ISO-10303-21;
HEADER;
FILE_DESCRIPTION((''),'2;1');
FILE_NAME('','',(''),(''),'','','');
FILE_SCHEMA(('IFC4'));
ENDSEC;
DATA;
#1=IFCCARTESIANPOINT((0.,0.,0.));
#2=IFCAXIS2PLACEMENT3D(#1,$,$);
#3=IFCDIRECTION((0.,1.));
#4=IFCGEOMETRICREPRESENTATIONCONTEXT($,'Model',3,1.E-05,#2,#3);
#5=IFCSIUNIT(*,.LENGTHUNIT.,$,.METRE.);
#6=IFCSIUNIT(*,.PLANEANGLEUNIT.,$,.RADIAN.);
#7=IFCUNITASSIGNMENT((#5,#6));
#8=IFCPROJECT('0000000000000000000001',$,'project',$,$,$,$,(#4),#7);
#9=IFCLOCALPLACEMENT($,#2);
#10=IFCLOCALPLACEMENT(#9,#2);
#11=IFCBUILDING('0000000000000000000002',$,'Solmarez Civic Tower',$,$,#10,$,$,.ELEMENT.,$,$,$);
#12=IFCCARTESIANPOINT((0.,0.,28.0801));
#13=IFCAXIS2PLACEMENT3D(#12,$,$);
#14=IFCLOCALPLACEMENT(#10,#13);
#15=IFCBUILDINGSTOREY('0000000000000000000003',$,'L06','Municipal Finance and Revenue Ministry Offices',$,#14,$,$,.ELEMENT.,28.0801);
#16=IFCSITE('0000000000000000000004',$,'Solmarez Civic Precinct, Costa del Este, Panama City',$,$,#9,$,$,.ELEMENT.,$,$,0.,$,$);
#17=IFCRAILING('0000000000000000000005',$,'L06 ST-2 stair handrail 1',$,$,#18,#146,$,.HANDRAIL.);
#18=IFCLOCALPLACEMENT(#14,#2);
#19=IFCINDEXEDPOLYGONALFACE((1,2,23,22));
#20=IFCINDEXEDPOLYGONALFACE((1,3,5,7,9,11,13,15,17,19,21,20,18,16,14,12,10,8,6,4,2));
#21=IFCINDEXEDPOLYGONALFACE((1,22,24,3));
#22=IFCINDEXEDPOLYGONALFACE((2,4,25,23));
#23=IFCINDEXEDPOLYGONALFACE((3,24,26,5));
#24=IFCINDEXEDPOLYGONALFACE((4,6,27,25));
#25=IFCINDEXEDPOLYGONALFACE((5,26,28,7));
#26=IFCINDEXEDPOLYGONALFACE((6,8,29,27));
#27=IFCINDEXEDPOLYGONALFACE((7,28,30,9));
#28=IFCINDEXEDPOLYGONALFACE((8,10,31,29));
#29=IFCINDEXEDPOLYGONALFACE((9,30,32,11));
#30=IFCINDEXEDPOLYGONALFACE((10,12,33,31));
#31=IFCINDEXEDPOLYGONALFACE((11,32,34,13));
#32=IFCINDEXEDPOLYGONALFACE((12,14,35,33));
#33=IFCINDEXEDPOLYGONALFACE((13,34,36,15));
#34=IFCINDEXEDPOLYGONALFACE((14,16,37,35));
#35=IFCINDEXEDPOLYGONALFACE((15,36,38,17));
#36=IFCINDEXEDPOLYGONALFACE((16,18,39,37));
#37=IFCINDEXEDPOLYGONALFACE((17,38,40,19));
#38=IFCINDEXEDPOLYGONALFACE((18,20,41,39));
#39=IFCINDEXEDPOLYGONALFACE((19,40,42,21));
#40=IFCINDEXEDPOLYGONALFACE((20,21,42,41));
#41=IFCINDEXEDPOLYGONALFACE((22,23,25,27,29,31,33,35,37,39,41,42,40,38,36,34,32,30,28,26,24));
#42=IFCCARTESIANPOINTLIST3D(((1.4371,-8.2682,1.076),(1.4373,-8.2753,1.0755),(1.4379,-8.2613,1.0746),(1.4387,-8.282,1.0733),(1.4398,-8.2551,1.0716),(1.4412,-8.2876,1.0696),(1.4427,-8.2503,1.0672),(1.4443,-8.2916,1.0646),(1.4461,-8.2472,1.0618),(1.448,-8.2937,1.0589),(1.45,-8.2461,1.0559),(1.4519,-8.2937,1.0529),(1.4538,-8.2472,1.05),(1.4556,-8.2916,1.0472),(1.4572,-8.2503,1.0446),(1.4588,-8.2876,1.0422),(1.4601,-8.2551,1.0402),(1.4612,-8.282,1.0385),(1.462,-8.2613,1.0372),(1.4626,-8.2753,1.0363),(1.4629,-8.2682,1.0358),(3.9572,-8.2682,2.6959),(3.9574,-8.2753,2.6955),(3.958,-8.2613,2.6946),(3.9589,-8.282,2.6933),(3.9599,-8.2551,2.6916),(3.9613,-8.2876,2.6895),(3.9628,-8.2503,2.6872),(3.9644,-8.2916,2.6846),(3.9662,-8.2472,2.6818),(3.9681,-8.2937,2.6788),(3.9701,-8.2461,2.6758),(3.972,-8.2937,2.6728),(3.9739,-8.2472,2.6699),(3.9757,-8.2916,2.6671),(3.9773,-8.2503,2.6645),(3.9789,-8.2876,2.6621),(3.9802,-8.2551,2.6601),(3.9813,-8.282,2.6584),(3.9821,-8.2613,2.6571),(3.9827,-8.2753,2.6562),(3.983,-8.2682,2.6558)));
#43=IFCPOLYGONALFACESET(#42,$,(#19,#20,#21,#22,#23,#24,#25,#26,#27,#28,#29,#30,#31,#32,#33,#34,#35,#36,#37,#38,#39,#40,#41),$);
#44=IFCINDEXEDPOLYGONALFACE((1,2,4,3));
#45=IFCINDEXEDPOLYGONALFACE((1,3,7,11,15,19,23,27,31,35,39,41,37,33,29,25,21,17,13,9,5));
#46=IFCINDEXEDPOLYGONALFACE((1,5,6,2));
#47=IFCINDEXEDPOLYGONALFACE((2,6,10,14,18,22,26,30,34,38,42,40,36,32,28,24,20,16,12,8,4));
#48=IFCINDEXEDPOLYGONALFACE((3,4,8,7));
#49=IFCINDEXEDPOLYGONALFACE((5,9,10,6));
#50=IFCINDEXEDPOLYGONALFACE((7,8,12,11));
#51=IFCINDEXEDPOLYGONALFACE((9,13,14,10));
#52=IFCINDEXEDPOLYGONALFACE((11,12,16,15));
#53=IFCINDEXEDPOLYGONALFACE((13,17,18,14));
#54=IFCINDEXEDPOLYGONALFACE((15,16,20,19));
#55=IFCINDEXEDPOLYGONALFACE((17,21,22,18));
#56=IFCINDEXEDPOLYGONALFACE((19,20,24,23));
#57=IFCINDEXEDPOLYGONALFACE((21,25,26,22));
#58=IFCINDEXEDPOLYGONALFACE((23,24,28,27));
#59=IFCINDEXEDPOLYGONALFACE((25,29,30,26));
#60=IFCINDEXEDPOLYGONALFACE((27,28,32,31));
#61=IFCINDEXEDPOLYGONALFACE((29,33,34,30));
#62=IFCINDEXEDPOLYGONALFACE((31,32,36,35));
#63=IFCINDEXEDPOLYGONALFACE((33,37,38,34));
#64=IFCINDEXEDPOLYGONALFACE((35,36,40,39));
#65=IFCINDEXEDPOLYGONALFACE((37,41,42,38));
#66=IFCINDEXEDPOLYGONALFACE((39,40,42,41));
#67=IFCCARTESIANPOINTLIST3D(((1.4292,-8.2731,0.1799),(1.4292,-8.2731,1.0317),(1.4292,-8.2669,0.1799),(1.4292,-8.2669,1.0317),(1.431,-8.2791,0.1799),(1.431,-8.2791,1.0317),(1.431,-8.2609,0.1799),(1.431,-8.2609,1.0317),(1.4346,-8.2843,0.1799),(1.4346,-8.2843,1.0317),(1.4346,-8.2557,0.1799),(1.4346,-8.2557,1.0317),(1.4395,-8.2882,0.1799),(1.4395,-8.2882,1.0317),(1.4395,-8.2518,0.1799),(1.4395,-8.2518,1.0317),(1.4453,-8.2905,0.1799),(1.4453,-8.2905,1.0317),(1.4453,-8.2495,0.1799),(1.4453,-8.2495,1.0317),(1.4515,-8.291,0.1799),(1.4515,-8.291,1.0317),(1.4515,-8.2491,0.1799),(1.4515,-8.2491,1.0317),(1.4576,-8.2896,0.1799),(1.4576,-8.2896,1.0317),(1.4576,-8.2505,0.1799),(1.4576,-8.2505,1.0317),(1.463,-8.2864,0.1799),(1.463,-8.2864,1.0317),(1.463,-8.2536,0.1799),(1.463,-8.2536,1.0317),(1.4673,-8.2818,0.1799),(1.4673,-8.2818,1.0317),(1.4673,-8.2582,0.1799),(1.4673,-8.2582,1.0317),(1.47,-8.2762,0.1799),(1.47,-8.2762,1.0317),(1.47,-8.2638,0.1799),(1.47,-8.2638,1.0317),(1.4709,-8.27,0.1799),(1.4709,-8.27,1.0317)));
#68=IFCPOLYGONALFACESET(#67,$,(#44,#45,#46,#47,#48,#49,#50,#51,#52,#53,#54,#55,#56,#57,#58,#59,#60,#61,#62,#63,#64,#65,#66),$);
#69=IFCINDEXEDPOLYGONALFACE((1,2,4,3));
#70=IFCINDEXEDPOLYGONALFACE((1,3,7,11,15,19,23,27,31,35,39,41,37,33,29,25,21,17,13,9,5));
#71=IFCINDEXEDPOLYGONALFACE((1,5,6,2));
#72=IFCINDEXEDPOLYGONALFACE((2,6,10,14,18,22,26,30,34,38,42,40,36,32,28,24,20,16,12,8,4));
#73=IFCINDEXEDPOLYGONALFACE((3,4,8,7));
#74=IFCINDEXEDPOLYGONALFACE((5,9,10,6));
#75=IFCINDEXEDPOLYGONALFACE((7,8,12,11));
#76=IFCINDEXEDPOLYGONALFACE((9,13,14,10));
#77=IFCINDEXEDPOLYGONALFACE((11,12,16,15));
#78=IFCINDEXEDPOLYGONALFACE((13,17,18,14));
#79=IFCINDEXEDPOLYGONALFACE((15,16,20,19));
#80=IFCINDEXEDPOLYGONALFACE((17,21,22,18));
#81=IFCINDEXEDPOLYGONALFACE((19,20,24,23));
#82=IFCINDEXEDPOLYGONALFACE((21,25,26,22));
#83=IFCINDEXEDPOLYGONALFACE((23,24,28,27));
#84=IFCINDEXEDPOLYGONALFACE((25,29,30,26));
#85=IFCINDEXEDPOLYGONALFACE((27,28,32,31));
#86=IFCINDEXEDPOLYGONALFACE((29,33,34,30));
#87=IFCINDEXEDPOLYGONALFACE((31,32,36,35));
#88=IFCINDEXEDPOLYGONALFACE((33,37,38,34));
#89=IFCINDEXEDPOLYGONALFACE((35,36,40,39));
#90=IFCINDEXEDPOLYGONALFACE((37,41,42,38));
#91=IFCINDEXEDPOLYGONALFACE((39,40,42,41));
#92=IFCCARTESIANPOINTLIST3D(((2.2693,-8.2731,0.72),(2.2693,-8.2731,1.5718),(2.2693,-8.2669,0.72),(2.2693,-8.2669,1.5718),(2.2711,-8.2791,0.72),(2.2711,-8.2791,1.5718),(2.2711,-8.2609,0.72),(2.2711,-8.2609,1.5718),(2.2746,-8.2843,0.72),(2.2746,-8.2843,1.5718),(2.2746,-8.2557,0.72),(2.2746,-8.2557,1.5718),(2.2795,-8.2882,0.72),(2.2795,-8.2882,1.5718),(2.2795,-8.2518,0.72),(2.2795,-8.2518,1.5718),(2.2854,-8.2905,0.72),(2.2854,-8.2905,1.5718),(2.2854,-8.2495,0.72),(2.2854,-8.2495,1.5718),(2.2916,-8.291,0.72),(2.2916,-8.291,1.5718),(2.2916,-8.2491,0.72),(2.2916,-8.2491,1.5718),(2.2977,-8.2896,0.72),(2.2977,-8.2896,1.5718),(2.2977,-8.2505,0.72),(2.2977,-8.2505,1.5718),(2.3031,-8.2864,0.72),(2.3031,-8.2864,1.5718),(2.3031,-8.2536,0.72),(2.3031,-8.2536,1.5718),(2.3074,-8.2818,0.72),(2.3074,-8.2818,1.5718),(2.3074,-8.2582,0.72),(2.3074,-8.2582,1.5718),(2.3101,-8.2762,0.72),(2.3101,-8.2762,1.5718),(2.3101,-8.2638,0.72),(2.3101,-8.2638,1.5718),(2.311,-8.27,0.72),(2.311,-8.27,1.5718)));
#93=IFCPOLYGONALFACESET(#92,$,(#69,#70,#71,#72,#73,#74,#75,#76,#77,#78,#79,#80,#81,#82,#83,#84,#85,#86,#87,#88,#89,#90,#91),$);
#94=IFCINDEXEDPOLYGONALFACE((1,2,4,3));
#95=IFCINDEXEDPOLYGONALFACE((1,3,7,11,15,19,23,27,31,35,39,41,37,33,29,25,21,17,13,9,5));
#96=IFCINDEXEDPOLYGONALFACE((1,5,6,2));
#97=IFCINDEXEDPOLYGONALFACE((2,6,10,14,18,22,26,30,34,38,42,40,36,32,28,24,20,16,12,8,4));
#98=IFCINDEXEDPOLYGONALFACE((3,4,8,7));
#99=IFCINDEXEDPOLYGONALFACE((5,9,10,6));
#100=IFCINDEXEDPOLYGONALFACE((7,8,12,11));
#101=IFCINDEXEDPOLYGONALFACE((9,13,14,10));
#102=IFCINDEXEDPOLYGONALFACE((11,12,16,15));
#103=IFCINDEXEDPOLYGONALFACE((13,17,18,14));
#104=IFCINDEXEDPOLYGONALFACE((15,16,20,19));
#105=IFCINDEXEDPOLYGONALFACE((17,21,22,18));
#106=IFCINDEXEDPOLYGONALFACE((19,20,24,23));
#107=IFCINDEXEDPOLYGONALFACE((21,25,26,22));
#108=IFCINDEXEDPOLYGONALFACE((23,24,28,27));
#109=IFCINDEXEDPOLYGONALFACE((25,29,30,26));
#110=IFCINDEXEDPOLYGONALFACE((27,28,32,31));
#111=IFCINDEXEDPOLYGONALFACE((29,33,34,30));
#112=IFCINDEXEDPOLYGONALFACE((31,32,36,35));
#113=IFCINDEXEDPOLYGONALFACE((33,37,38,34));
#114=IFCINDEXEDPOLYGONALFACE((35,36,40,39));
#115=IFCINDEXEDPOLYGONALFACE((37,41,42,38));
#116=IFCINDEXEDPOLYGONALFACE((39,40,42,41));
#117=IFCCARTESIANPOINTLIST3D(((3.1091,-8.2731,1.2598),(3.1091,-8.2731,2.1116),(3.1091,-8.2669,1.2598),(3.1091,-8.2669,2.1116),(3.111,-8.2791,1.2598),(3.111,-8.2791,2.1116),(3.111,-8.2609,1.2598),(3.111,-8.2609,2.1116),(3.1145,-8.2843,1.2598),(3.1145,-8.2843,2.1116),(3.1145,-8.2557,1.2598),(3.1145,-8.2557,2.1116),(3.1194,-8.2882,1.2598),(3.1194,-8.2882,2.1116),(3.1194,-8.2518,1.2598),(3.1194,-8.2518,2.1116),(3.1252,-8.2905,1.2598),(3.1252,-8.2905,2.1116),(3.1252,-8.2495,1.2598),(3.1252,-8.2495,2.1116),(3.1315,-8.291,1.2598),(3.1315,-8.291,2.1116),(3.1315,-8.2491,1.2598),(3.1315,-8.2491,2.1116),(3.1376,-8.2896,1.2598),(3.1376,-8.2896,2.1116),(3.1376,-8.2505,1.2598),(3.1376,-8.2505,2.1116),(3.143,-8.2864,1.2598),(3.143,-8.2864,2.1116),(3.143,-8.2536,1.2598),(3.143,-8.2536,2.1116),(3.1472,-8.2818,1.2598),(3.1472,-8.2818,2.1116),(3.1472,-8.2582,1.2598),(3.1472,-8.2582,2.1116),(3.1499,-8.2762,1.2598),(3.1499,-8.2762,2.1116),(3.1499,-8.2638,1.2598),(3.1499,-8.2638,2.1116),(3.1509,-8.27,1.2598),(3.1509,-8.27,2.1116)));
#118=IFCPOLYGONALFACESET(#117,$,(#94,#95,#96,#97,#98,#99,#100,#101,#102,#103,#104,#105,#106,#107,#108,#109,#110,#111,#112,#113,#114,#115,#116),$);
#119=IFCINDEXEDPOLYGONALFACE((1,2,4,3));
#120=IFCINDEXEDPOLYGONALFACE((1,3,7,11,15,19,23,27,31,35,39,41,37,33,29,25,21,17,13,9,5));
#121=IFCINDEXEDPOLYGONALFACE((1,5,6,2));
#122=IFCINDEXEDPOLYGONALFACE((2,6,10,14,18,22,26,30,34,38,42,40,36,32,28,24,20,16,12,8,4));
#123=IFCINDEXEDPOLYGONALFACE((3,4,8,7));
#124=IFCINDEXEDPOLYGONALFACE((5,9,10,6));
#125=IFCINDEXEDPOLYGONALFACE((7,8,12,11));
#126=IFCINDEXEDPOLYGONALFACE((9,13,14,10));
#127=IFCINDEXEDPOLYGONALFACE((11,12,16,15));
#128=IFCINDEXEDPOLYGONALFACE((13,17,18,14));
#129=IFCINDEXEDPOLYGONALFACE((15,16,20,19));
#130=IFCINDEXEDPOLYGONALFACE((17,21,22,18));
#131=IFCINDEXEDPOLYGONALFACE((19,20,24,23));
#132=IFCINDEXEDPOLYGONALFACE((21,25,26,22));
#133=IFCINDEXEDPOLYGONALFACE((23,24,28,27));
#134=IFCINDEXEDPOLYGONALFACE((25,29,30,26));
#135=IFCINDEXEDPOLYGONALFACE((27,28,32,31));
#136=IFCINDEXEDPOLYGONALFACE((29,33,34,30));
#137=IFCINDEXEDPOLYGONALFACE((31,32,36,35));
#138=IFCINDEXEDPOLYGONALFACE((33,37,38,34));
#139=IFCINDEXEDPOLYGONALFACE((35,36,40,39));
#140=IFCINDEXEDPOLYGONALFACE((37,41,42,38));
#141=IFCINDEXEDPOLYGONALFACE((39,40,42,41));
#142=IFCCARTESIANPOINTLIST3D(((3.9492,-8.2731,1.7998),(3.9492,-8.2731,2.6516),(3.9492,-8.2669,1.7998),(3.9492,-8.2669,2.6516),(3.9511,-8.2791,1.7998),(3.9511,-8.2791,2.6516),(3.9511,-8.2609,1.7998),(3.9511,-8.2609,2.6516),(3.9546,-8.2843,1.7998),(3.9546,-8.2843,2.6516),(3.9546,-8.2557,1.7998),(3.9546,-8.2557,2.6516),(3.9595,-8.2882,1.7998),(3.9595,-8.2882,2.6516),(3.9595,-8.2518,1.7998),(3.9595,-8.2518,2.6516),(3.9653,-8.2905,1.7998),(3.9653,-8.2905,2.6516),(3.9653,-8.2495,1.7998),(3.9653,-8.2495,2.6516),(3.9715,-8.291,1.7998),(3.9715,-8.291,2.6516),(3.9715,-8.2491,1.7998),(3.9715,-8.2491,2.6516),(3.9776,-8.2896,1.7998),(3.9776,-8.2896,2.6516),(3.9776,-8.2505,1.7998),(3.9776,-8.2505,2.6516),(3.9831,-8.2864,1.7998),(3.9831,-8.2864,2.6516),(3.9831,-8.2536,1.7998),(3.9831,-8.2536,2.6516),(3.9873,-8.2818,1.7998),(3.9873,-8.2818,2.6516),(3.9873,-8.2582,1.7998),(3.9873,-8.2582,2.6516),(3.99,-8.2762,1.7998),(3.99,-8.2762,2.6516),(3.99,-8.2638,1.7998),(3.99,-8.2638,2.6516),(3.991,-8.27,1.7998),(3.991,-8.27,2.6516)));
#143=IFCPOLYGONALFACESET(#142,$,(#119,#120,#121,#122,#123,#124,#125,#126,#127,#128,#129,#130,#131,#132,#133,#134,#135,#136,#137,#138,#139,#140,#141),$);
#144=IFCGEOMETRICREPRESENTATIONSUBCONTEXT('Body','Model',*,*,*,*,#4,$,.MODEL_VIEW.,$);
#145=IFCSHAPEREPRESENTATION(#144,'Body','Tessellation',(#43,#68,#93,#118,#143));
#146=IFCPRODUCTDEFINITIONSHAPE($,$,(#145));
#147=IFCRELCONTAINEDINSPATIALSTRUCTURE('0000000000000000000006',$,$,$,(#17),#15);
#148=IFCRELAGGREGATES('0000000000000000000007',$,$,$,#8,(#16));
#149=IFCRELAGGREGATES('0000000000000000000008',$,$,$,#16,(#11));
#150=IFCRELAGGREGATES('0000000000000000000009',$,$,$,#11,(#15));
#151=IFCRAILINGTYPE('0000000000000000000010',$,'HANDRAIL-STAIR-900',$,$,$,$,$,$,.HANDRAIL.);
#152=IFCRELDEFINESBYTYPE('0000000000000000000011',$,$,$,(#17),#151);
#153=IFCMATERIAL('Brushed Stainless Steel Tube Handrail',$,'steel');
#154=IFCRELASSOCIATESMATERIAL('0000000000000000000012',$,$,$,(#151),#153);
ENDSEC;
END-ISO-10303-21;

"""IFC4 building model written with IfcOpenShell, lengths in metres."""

from ifc_helpers import new_model, si_unit, direction, frame, origin, origin_2d, place, context, subcontext, project, spatial, circle, extrude, material, type_object, element, save


model = new_model("IFC4")

# Units and contexts
model_context = context("Model", 3, precision=1e-05, world=origin(), true_north=direction((0.0, 1.0)))
body_context = subcontext(model_context, "Body", "Model", "MODEL_VIEW")
ifc_project = project(units=[si_unit("LENGTHUNIT", "METRE"), si_unit("PLANEANGLEUNIT", "RADIAN")], contexts=[model_context])

# Site, building, storey
site_placement = place(None, origin())
site = spatial("IfcSite", under=ifc_project, at=site_placement, Name="Solmarez Civic Precinct, Costa del Este, Panama City", CompositionType="ELEMENT", RefElevation=0.0)
building_placement = place(site_placement, origin())
building = spatial("IfcBuilding", under=site, at=building_placement, Name="Solmarez Civic Tower", CompositionType="ELEMENT")
storey_placement = place(building_placement, frame((0.0, 0.0, 28.0801)))
storey = spatial("IfcBuildingStorey", under=building, at=storey_placement, Name="L06", Description="Municipal Finance and Revenue Ministry Offices", CompositionType="ELEMENT", Elevation=28.0801)

# Railing
ifc_material_1 = material(Name="Brushed Stainless Steel Tube Handrail", Category="steel")
railing_type_1 = type_object("IfcRailingType", Name="HANDRAIL-STAIR-900", PredefinedType="HANDRAIL", material=ifc_material_1)
railing_1_placement = place(storey_placement, frame((1.45, -8.27, 0.1799)))
element("IfcRailing", 1, at=railing_1_placement, inside=storey, type_object=railing_type_1, Name="L06 ST-2 stair handrail 1", PredefinedType="HANDRAIL", context=body_context, shape_type="SweptSolid", body=[
    extrude(circle(Radius=0.0239, at=origin_2d()), frame((0.0, 0.0, 0.876), z_axis=(0.8412, 0.0, 0.540725), x_axis=(0.0, 1.0, 0.0)), (0.0, 0.0, 1.0), 2.9958),
    extrude(circle(Radius=0.021, at=origin_2d()), origin(), (0.0, 0.0, 1.0), 0.8518),
    extrude(circle(Radius=0.021, at=origin_2d()), frame((0.8401, 0.0, 0.54)), (0.0, 0.0, 1.0), 0.8518),
    extrude(circle(Radius=0.021, at=origin_2d()), frame((1.6799, 0.0, 1.0798)), (0.0, 0.0, 1.0), 0.8518),
    extrude(circle(Radius=0.021, at=origin_2d()), frame((2.52, 0.0, 1.6199)), (0.0, 0.0, 1.0), 0.8518),
])

save(model, "model.ifc")
